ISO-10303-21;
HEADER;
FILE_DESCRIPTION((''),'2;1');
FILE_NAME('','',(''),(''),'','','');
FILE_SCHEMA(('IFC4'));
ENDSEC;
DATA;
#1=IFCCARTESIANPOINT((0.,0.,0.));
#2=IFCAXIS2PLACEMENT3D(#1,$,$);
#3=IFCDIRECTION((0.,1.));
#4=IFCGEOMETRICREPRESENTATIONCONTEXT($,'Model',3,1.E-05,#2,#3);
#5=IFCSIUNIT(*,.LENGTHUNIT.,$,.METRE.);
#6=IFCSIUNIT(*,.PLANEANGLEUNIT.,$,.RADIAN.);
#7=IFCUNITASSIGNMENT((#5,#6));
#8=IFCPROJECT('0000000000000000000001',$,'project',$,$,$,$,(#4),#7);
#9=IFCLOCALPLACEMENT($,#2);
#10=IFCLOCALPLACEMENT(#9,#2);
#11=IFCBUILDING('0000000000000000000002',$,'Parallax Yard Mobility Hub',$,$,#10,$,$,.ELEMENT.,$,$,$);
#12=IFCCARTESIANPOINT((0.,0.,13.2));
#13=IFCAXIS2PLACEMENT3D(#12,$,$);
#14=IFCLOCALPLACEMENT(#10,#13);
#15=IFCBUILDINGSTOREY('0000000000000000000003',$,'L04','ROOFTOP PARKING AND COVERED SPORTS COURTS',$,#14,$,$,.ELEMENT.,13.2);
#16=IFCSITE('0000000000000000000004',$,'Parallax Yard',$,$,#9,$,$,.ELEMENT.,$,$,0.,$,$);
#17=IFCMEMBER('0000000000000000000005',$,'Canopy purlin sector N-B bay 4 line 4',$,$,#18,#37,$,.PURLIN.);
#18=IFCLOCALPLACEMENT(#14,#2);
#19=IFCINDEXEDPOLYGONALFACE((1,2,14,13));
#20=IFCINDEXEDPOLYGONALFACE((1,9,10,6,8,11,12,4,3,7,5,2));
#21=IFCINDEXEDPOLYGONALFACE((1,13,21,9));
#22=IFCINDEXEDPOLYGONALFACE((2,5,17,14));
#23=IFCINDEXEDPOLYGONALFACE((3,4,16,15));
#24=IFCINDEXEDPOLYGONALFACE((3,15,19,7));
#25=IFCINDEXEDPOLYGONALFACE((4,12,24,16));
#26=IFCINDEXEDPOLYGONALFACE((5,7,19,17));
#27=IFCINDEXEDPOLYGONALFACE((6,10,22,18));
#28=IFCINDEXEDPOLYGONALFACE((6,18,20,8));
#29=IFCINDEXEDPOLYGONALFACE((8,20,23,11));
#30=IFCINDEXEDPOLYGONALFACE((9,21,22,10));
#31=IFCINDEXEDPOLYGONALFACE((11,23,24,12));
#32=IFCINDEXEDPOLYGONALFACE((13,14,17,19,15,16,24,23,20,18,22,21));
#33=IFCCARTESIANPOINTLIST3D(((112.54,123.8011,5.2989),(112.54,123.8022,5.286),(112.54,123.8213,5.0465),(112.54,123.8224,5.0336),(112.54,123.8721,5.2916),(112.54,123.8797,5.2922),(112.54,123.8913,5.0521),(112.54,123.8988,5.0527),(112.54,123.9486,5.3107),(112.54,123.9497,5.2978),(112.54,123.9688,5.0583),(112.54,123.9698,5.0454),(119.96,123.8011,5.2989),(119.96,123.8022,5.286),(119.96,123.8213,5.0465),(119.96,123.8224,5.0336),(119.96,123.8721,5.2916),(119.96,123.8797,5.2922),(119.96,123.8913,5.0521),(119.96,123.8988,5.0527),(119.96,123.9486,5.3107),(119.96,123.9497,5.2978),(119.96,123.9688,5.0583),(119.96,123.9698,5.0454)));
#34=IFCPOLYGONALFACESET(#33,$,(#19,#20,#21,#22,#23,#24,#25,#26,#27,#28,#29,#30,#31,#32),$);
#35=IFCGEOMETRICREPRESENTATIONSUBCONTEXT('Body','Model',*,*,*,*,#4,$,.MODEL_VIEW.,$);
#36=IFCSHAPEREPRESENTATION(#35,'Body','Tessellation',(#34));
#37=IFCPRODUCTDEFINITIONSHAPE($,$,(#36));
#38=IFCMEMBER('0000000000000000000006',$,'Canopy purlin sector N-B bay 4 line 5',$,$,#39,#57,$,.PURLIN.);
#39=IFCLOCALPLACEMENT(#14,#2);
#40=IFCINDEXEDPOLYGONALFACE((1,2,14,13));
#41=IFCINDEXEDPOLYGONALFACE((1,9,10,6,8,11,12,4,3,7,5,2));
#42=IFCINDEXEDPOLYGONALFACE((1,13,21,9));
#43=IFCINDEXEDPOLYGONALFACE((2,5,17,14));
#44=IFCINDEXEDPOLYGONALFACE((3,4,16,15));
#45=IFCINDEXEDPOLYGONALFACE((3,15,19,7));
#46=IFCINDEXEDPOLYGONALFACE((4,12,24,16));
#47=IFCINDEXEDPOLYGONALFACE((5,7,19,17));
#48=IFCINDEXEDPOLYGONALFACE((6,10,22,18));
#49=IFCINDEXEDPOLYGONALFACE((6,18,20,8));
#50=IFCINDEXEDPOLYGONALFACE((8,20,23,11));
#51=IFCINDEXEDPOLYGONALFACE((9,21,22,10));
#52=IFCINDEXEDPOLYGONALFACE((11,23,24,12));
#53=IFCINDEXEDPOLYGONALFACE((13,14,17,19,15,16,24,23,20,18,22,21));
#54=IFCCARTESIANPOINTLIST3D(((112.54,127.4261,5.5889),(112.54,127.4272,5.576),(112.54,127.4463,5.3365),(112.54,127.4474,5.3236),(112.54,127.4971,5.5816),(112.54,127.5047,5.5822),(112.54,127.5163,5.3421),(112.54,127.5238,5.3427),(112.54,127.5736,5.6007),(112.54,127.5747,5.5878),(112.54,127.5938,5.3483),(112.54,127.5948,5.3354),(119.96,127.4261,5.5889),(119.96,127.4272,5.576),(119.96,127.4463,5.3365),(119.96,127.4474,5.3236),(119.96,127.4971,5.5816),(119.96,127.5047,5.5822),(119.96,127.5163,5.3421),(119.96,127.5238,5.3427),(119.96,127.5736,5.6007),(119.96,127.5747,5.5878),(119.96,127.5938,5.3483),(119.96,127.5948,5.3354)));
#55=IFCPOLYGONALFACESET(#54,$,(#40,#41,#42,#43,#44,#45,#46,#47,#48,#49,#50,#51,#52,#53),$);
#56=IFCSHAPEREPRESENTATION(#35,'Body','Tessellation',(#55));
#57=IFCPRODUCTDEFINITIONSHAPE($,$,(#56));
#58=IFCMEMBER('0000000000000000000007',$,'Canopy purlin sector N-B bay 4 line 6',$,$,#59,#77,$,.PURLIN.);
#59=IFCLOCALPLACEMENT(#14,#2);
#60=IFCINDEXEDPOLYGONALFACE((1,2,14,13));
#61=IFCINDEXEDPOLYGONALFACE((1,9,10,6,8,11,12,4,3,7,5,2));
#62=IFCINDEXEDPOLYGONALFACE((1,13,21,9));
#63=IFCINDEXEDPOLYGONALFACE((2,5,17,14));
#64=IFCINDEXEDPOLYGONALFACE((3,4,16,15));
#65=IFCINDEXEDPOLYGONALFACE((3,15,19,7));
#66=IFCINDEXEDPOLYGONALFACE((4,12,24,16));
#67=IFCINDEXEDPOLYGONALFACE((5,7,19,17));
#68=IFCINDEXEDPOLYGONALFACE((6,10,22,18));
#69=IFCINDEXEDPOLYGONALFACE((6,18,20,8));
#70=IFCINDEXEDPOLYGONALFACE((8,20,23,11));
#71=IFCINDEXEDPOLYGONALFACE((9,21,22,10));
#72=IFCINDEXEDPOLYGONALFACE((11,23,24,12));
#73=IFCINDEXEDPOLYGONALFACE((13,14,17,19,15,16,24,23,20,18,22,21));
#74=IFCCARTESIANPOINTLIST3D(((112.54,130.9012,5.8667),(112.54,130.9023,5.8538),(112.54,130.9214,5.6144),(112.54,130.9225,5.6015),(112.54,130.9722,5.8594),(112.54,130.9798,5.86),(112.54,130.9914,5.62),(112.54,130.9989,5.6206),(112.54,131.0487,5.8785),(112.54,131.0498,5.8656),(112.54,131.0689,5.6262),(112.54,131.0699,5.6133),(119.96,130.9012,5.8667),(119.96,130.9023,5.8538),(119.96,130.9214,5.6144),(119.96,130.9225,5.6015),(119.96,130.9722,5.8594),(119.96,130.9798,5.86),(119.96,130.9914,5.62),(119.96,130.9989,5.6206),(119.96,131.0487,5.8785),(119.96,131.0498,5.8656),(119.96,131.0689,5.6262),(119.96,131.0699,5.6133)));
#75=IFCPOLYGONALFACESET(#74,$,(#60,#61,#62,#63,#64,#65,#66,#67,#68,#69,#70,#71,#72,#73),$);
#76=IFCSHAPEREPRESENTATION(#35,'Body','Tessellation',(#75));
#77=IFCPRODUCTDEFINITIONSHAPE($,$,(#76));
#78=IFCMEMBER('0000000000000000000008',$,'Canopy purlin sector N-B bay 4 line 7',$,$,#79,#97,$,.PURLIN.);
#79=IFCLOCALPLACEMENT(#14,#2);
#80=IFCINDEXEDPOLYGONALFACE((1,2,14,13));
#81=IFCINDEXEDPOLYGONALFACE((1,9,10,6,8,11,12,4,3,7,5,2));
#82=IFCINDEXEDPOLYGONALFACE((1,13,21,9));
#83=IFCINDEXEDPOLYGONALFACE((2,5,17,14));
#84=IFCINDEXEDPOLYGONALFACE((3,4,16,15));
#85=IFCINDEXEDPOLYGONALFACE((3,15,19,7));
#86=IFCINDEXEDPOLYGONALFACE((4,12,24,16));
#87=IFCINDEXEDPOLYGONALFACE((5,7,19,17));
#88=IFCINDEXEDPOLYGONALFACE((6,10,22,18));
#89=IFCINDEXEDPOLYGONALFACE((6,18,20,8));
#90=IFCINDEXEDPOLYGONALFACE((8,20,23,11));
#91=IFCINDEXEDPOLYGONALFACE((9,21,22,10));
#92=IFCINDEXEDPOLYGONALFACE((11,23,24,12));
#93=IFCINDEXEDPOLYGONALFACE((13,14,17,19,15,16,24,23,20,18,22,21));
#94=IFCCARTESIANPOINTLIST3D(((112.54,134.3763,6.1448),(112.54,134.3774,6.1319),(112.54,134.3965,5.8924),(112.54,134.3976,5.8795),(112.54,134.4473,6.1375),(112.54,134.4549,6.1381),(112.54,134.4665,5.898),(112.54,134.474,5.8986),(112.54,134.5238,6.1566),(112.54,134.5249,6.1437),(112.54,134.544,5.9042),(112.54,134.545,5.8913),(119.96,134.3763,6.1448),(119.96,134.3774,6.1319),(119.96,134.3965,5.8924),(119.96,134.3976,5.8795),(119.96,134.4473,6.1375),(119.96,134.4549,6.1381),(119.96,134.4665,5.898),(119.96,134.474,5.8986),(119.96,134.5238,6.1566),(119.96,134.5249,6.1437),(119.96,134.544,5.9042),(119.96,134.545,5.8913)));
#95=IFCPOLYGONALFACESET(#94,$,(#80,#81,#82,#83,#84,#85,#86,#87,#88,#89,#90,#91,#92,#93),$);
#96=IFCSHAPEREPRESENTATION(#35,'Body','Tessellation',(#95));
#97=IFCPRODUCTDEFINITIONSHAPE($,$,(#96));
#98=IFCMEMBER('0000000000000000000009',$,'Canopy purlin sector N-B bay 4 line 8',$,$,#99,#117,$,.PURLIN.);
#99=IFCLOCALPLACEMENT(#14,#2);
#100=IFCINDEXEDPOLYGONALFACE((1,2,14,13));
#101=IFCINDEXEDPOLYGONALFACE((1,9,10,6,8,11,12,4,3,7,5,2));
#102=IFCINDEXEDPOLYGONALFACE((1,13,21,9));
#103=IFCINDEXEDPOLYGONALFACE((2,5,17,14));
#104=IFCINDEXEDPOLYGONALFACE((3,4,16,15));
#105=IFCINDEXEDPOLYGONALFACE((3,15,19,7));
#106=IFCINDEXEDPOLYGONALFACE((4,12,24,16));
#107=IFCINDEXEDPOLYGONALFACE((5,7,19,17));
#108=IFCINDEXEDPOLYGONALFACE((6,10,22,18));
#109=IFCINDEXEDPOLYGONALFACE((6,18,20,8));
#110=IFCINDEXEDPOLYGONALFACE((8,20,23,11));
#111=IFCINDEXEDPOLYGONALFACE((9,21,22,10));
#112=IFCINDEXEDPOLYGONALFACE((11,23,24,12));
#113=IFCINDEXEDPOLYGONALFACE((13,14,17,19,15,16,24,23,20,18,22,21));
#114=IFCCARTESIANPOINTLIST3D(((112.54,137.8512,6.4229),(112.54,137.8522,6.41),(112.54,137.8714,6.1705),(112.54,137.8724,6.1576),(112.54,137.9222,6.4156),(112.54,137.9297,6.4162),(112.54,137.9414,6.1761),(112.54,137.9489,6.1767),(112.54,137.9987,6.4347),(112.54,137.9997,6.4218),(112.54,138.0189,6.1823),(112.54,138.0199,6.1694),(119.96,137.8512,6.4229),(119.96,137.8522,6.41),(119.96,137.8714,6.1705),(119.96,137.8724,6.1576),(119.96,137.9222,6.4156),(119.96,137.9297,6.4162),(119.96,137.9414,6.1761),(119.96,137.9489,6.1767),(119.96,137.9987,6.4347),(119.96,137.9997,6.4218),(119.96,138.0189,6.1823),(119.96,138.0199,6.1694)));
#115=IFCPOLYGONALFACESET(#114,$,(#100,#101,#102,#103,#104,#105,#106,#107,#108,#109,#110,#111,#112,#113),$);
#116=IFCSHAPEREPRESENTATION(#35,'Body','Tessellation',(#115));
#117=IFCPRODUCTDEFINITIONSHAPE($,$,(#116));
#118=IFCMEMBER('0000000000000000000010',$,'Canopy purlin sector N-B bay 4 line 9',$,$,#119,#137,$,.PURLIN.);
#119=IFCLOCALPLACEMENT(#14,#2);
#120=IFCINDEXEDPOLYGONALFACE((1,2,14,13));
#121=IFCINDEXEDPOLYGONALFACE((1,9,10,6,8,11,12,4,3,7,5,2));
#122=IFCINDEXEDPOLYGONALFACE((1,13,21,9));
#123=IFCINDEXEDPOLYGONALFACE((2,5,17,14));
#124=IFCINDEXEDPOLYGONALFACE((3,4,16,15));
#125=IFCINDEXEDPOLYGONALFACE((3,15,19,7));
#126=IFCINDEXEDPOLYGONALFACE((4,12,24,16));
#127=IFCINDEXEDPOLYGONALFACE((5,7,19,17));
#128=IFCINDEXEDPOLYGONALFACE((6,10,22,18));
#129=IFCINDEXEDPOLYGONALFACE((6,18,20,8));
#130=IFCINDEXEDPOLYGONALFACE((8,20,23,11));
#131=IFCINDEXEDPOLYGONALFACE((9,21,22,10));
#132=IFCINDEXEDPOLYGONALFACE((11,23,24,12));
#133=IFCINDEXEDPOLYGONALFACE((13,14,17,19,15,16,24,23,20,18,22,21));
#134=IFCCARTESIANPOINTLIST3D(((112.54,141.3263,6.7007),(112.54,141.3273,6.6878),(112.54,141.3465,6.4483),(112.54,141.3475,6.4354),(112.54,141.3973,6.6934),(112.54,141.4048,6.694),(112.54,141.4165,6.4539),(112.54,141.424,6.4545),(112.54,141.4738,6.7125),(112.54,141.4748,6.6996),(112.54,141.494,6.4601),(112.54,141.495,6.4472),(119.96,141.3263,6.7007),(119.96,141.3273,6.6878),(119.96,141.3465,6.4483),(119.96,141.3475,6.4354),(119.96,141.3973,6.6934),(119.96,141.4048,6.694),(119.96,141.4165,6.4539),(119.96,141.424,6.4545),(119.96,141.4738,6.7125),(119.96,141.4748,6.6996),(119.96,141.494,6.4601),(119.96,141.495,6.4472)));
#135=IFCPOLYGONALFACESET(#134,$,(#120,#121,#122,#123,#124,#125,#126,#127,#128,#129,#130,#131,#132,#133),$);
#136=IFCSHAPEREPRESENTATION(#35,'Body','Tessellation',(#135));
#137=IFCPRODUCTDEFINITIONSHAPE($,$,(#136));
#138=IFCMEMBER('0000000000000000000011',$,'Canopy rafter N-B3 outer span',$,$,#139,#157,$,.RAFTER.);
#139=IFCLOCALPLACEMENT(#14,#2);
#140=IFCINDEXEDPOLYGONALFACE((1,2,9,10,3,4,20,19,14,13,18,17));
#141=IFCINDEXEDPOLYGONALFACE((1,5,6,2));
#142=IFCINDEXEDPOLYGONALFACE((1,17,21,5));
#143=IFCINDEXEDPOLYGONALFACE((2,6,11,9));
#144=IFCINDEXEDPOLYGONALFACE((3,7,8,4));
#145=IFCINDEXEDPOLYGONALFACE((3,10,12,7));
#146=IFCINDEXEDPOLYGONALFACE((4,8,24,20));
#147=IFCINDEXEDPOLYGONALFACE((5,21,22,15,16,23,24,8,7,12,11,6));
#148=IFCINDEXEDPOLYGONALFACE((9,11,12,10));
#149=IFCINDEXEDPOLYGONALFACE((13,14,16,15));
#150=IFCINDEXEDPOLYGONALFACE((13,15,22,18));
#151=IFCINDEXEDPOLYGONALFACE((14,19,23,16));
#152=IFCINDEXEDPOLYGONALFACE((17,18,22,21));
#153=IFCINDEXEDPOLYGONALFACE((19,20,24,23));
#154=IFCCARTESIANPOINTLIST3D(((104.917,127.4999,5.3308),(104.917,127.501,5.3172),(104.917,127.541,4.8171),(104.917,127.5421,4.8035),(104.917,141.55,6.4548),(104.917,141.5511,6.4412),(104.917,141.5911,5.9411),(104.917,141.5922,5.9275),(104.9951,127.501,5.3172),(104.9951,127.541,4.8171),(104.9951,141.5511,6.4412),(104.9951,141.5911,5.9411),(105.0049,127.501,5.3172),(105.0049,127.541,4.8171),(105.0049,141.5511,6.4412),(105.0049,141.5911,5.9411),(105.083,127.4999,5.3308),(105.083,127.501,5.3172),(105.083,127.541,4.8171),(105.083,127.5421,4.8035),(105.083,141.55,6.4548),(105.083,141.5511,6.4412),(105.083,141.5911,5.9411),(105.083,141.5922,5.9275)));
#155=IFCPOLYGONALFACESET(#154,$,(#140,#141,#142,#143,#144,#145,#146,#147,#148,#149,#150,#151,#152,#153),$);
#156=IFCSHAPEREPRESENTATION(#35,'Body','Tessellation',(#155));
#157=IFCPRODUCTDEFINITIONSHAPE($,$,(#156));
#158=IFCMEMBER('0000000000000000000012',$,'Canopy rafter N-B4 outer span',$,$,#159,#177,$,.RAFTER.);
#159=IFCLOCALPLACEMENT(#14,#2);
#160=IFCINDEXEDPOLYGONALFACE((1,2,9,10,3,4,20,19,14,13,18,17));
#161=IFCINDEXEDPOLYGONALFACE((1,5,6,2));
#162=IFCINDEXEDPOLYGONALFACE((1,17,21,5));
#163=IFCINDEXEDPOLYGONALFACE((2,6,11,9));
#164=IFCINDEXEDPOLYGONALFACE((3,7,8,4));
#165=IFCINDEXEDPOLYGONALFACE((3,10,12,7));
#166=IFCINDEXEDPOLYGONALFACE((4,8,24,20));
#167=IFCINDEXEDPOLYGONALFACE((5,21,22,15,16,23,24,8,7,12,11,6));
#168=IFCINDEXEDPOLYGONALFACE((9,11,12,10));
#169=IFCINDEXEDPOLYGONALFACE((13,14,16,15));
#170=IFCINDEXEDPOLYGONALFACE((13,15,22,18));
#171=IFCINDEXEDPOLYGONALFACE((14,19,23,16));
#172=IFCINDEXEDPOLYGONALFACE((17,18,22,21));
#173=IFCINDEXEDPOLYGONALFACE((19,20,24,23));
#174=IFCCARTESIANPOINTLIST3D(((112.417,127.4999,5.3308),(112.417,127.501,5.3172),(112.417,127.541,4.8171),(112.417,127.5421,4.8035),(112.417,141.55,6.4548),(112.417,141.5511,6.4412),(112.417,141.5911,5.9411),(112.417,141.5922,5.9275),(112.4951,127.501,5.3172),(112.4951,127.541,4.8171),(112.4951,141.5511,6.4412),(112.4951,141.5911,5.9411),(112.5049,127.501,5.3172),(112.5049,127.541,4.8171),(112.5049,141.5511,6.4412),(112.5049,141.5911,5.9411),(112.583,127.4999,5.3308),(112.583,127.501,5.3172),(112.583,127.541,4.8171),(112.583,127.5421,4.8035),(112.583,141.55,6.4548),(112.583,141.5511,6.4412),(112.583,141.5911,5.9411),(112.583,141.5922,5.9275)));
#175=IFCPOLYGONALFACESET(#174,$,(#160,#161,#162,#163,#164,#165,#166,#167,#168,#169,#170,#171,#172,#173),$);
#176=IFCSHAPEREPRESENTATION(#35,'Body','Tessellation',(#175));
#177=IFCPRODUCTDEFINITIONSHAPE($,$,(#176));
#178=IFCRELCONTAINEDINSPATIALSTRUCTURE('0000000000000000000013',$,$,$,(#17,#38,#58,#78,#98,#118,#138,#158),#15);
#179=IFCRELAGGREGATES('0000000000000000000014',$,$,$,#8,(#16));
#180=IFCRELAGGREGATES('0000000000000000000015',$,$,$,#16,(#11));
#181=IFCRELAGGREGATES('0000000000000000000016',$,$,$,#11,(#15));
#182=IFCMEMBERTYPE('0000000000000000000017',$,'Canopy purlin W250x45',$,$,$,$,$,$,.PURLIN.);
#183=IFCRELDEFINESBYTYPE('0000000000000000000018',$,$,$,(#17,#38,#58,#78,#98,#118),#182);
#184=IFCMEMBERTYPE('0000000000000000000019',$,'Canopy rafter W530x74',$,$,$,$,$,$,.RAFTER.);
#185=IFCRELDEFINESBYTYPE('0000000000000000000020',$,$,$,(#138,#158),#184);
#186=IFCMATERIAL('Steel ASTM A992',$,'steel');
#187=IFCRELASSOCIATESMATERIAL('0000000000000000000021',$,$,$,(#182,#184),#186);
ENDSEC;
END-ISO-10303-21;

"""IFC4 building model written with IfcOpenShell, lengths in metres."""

from ifc_helpers import new_model, si_unit, direction, frame, origin, origin_2d, place, context, subcontext, project, spatial, i_section, extrude, material, material_profile, profile_set, type_object, element, save


model = new_model("IFC4")

# Units and contexts
model_context = context("Model", 3, precision=1e-05, world=origin(), true_north=direction((0.0, 1.0)))
body_context = subcontext(model_context, "Body", "Model", "MODEL_VIEW")
ifc_project = project(units=[si_unit("LENGTHUNIT", "METRE"), si_unit("PLANEANGLEUNIT", "RADIAN")], contexts=[model_context])

# Site, building, storey
site_placement = place(None, origin())
site = spatial("IfcSite", under=ifc_project, at=site_placement, Name="Parallax Yard", CompositionType="ELEMENT", RefElevation=0.0)
building_placement = place(site_placement, origin())
building = spatial("IfcBuilding", under=site, at=building_placement, Name="Parallax Yard Mobility Hub", CompositionType="ELEMENT")
storey_placement = place(building_placement, frame((0.0, 0.0, 13.2)))
storey = spatial("IfcBuildingStorey", under=building, at=storey_placement, Name="L04", Description="ROOFTOP PARKING AND COVERED SPORTS COURTS", CompositionType="ELEMENT", Elevation=13.2)

# Members
ifc_material_1 = material(Name="Steel ASTM A992", Category="steel")
ifc_material_profile_1 = material_profile(ifc_material_1, i_section(OverallWidth=0.1479, OverallDepth=0.2661, WebThickness=0.0076, FlangeThickness=0.0129, at=origin_2d()), Name="W250x45")
ifc_profile_set_1 = profile_set([ifc_material_profile_1], Name="Steel ASTM A992")
member_type_1 = type_object("IfcMemberType", Name="Canopy purlin W250x45", PredefinedType="PURLIN", material=ifc_profile_set_1)
for number, where, z_axis, x_axis, name in (
    (1, (112.54, 123.8855, 5.1721), (1.0, 0.0, 0.0), (0.0, 0.996815, 0.079745), "Canopy purlin sector N-B bay 4 line 4"),
    (2, (112.54, 127.5105, 5.4622), (1.0, 0.0, 0.0), (0.0, 0.996815, 0.079745), "Canopy purlin sector N-B bay 4 line 5"),
    (3, (112.54, 130.9856, 5.74), (1.0, 0.0, 0.0), (0.0, 0.996815, 0.079745), "Canopy purlin sector N-B bay 4 line 6"),
    (4, (112.54, 134.4607, 6.0181), (1.0, 0.0, 0.0), (0.0, 0.996815, 0.079745), "Canopy purlin sector N-B bay 4 line 7"),
    (5, (112.54, 137.9355, 6.2961), (1.0, 0.0, 0.0), (0.0, 0.996815, 0.079745), "Canopy purlin sector N-B bay 4 line 8"),
    (6, (112.54, 141.4106, 6.574), (1.0, 0.0, 0.0), (0.0, 0.996815, 0.079745), "Canopy purlin sector N-B bay 4 line 9"),
):
    element("IfcMember", number, at=place(storey_placement, frame(where, z_axis=z_axis, x_axis=x_axis)), inside=storey, type_object=member_type_1, Name=name, PredefinedType="PURLIN", context=body_context, shape_type="SweptSolid", body=[
        extrude(i_section(OverallWidth=0.1479, OverallDepth=0.2661, WebThickness=0.0076, FlangeThickness=0.0129, at=origin_2d()), origin(), (0.0, 0.0, 1.0), 7.4199),
    ])
ifc_material_profile_2 = material_profile(ifc_material_1, i_section(OverallWidth=0.166, OverallDepth=0.5291, WebThickness=0.0098, FlangeThickness=0.0137, at=origin_2d()), Name="W530x74")
ifc_profile_set_2 = profile_set([ifc_material_profile_2], Name="Steel ASTM A992")
member_type_2 = type_object("IfcMemberType", Name="Canopy rafter W530x74", PredefinedType="RAFTER", material=ifc_profile_set_2)
for number, where, z_axis, x_axis, name in (
    (7, (105.0, 127.521, 5.0671), (0.0, 0.996815, 0.079747), (-1.0, 0.0, 0.0), "Canopy rafter N-B3 outer span"),
    (8, (112.5, 127.521, 5.0671), (0.0, 0.996815, 0.079747), (-1.0, 0.0, 0.0), "Canopy rafter N-B4 outer span"),
):
    element("IfcMember", number, at=place(storey_placement, frame(where, z_axis=z_axis, x_axis=x_axis)), inside=storey, type_object=member_type_2, Name=name, PredefinedType="RAFTER", context=body_context, shape_type="SweptSolid", body=[
        extrude(i_section(OverallWidth=0.166, OverallDepth=0.5291, WebThickness=0.0098, FlangeThickness=0.0137, at=origin_2d()), origin(), (0.0, 0.0, 1.0), 14.095),
    ])

save(model, "model.ifc")
